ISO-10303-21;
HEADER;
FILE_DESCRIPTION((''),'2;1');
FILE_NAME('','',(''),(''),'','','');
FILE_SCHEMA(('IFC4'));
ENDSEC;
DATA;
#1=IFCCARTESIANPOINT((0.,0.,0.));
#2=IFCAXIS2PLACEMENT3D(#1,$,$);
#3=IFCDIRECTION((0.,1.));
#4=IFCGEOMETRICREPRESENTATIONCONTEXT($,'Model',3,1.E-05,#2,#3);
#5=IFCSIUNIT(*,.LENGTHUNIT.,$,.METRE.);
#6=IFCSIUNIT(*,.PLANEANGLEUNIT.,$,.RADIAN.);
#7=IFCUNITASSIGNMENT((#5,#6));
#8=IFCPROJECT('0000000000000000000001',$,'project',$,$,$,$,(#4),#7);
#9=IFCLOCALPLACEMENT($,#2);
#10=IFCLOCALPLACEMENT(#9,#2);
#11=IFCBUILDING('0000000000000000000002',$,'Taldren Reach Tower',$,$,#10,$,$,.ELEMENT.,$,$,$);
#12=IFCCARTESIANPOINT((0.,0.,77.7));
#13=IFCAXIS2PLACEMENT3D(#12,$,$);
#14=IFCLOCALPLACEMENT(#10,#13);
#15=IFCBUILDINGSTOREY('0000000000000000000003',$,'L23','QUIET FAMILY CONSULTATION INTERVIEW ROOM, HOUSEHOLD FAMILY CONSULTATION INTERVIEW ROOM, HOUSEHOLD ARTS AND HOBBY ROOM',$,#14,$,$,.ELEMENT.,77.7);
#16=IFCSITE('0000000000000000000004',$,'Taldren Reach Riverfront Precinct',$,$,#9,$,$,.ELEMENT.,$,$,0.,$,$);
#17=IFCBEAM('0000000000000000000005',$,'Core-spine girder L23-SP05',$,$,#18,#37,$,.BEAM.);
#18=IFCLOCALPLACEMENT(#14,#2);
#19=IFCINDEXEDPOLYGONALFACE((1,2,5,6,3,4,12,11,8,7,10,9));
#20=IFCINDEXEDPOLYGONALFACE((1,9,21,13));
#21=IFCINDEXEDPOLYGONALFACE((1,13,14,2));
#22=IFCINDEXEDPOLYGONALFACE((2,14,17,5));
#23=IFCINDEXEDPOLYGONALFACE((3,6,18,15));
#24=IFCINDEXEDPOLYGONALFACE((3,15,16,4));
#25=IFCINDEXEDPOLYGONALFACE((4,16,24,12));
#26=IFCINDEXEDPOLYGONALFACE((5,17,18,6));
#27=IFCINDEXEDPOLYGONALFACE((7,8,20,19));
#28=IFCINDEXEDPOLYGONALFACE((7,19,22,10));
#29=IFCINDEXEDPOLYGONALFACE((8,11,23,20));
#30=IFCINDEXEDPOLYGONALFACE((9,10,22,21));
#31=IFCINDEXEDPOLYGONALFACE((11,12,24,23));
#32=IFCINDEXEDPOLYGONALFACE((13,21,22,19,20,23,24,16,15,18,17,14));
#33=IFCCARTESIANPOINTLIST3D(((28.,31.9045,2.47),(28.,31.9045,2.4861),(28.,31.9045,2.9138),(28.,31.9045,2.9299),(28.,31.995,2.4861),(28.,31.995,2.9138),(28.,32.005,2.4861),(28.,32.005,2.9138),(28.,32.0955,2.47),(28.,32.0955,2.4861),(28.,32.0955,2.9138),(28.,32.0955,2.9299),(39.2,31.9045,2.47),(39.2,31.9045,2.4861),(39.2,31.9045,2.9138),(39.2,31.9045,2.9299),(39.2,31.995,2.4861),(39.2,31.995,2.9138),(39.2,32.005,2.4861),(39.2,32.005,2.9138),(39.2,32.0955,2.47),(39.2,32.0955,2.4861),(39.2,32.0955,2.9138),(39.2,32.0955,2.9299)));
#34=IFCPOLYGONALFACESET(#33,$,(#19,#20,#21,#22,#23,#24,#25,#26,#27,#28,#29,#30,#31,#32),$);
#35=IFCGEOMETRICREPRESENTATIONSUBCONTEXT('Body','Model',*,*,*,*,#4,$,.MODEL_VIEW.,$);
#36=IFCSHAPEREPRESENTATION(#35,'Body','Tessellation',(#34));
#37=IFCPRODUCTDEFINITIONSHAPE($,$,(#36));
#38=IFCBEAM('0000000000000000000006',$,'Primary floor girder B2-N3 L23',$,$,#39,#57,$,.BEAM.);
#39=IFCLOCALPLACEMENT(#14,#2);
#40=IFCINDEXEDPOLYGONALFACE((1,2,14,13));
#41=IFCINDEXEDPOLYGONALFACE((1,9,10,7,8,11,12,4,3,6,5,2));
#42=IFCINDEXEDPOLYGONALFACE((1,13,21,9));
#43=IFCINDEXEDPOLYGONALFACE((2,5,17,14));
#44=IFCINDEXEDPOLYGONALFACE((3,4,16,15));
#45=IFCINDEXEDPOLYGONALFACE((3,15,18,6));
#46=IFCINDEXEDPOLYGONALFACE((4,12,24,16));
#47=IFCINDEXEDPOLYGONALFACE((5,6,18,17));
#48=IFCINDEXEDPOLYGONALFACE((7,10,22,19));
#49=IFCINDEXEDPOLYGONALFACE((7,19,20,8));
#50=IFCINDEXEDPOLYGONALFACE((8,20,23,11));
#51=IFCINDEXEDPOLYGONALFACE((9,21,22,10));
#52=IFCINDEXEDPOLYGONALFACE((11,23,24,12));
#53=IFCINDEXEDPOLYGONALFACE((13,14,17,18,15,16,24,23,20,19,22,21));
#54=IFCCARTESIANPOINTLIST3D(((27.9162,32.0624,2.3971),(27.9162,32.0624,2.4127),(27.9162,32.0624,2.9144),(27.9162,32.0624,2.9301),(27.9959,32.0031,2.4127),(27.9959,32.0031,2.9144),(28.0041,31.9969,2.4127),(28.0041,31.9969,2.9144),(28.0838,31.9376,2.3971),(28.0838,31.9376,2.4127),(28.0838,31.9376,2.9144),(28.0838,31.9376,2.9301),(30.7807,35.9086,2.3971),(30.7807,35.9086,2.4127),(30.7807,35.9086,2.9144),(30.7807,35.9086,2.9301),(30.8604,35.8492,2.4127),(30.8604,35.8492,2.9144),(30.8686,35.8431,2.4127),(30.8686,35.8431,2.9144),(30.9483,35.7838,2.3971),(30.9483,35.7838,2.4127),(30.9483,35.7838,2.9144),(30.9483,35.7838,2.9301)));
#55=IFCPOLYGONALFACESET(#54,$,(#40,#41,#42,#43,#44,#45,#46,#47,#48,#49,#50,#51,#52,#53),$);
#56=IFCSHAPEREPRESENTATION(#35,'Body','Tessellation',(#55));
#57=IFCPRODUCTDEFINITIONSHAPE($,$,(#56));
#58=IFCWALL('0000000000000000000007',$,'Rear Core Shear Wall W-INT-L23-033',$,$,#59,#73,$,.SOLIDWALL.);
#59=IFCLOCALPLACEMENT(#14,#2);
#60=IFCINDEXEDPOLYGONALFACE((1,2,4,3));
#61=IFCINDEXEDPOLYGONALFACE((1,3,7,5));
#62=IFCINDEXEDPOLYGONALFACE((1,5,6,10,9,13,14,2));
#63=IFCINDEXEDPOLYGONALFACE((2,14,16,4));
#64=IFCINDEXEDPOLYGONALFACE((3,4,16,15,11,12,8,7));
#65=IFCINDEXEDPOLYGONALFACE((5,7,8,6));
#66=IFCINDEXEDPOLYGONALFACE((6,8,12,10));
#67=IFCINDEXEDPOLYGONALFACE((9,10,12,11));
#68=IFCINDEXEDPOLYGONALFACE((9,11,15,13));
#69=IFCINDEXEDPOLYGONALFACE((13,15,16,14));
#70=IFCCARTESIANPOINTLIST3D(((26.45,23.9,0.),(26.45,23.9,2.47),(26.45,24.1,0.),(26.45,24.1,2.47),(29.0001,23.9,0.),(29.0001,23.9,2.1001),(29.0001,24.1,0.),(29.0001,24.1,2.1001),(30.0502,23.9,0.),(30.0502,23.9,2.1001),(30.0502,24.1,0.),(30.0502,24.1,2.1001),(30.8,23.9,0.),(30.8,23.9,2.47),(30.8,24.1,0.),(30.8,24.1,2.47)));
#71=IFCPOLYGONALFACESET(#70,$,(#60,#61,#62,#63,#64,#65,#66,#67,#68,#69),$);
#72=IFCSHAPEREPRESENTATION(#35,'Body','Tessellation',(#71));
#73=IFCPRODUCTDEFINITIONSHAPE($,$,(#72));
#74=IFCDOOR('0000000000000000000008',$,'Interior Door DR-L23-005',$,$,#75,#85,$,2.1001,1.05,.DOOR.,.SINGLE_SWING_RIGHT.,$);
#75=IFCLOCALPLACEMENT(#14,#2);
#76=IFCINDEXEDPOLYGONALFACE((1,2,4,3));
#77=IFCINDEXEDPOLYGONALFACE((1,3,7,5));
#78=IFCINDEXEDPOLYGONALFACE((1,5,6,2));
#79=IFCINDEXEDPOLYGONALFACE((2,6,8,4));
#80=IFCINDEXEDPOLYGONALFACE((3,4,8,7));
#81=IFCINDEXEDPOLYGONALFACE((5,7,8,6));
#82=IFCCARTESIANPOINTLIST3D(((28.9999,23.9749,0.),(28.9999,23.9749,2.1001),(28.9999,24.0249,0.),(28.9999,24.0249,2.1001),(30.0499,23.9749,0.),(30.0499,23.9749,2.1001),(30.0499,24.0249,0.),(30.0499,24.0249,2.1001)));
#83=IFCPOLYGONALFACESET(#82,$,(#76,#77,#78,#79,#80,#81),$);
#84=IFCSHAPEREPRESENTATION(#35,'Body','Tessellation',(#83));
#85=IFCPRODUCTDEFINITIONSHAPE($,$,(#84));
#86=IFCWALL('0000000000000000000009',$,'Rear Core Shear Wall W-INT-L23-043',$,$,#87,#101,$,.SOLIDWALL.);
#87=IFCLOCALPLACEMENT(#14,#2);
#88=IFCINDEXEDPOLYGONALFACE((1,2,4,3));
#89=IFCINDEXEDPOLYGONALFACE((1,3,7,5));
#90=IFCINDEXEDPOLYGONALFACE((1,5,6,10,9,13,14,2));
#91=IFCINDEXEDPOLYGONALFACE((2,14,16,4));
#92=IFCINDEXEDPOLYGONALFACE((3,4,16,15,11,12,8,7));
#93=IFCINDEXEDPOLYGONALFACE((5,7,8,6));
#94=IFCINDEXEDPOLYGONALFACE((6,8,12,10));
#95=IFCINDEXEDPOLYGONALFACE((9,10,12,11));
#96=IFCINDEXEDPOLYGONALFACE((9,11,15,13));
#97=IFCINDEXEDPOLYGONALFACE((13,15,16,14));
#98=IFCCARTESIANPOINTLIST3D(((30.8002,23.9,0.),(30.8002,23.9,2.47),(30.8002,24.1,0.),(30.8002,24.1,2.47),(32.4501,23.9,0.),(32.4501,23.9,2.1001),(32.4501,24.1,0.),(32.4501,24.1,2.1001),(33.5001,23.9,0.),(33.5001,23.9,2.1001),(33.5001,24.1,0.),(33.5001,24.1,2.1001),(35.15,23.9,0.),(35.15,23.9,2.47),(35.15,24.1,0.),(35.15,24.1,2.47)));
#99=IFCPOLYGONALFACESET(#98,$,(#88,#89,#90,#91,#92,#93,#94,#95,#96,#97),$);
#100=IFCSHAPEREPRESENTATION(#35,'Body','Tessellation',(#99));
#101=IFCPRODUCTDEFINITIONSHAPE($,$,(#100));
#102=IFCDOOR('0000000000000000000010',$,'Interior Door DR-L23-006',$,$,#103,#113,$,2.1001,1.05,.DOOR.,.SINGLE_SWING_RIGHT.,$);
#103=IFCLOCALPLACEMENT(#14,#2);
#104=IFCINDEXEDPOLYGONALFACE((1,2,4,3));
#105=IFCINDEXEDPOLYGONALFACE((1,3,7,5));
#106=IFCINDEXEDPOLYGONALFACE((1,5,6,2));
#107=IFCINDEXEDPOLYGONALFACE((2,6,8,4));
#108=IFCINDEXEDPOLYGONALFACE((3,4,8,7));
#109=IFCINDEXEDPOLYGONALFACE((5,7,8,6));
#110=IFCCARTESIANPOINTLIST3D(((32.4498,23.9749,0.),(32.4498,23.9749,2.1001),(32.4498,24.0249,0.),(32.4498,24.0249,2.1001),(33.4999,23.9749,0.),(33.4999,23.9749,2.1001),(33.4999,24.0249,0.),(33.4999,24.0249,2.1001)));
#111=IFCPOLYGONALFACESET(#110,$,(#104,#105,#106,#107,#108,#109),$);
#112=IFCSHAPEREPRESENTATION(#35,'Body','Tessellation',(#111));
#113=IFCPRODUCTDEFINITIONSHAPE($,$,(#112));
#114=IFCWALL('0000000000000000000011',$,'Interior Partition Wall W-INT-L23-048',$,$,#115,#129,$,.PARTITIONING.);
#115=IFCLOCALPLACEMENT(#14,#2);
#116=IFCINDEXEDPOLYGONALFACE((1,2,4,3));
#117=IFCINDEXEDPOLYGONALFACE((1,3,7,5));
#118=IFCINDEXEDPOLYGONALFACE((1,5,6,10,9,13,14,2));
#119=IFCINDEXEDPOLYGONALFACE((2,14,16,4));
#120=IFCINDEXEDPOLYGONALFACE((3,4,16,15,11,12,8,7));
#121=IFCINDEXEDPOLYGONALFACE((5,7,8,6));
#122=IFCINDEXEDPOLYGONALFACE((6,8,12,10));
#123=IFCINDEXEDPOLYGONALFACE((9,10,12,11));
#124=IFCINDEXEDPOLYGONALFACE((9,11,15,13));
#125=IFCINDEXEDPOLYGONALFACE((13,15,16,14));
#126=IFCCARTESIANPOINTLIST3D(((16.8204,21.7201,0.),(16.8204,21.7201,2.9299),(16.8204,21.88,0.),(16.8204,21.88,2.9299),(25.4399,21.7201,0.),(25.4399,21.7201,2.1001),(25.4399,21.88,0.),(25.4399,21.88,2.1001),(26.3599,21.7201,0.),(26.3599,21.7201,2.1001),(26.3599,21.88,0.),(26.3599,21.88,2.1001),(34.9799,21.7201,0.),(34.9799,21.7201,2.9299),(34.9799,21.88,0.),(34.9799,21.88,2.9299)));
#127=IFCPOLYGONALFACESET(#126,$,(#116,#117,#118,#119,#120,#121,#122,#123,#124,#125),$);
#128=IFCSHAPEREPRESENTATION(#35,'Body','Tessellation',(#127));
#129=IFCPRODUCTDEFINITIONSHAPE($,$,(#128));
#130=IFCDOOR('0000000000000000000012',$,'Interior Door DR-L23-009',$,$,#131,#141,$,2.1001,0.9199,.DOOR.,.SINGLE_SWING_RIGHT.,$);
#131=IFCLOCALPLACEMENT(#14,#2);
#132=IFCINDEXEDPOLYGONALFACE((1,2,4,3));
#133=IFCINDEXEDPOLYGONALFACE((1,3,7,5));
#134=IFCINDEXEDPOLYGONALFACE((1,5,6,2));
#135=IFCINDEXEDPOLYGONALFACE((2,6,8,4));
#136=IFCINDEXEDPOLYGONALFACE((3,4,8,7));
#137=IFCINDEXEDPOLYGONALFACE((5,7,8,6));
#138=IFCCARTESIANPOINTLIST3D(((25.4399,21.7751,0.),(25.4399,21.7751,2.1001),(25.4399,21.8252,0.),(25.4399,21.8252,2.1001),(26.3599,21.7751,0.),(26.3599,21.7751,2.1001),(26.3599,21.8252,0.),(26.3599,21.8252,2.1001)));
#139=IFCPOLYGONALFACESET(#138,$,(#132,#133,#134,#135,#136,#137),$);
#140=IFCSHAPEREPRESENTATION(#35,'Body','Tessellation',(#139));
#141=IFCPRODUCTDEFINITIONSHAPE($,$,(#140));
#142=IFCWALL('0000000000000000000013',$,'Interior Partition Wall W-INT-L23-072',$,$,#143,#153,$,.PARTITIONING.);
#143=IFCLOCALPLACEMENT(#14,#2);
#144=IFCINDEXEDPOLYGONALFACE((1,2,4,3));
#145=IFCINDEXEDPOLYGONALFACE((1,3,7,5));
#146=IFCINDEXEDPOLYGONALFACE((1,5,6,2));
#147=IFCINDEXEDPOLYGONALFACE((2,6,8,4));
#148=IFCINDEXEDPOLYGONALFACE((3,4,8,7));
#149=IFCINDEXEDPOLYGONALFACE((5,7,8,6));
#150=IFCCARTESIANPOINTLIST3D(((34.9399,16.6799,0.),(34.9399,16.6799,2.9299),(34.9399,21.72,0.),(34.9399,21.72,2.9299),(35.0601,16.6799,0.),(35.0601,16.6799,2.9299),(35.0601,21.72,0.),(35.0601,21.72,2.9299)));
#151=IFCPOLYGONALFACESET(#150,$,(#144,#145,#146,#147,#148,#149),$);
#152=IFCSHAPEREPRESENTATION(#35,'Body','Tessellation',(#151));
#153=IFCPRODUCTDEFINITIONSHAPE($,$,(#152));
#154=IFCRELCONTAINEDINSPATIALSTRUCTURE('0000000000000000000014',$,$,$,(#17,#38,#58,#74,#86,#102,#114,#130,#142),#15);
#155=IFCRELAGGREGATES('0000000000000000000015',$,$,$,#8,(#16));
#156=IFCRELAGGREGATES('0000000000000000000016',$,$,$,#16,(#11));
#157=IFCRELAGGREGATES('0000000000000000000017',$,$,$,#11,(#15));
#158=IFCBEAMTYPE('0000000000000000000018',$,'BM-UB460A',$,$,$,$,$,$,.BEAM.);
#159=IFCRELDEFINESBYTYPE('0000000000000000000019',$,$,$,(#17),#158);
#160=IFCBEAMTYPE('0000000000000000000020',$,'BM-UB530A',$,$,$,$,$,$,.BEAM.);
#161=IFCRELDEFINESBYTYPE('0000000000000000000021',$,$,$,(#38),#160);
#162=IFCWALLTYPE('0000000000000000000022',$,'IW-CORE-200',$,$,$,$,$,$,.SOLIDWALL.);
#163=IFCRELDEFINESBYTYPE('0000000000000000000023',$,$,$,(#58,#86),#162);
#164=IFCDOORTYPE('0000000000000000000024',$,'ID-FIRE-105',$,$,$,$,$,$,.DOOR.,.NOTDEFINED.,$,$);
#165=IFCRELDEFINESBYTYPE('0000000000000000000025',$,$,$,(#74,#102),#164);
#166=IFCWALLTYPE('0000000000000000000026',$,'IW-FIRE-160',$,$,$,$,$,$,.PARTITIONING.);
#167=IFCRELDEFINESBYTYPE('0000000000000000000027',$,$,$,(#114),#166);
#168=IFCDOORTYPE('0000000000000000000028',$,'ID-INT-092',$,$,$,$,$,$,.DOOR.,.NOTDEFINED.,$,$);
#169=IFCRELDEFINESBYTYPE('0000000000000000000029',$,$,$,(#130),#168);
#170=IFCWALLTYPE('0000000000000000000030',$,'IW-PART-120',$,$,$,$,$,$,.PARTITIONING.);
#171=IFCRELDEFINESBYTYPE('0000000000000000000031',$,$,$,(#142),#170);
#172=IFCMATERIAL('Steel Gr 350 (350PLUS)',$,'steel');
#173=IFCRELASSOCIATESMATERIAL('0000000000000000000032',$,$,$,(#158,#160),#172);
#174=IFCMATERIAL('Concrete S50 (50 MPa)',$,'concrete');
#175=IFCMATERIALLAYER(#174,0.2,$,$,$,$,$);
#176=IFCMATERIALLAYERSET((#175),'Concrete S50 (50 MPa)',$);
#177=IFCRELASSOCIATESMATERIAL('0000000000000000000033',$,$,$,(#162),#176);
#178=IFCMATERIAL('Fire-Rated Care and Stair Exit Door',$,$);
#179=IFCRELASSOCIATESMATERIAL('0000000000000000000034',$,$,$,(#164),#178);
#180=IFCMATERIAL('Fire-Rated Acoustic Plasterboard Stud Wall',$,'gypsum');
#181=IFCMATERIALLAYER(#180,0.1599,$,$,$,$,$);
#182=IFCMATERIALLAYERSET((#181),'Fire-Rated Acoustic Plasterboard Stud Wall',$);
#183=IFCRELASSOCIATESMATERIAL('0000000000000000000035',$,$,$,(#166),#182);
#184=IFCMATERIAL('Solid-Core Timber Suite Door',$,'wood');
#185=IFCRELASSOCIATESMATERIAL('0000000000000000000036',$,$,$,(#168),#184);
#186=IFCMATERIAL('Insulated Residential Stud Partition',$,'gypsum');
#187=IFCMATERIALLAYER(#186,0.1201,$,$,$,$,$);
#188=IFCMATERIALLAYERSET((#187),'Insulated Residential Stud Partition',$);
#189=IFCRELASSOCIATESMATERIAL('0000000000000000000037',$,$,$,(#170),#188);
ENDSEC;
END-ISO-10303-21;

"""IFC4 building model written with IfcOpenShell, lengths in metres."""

from ifc_helpers import new_model, si_unit, direction, frame, frame_2d, origin, origin_2d, place, context, subcontext, project, spatial, rectangle, i_section, extrude, source, transform, mapped, material, layer, layer_set, material_profile, profile_set, type_object, element, fill, save


model = new_model("IFC4")

# Units and contexts
model_context = context("Model", 3, precision=1e-05, world=origin(), true_north=direction((0.0, 1.0)))
body_context = subcontext(model_context, "Body", "Model", "MODEL_VIEW")
ifc_project = project(units=[si_unit("LENGTHUNIT", "METRE"), si_unit("PLANEANGLEUNIT", "RADIAN")], contexts=[model_context])

# Site, building, storey
site_placement = place(None, origin())
site = spatial("IfcSite", under=ifc_project, at=site_placement, Name="Taldren Reach Riverfront Precinct", CompositionType="ELEMENT", RefElevation=0.0)
building_placement = place(site_placement, origin())
building = spatial("IfcBuilding", under=site, at=building_placement, Name="Taldren Reach Tower", CompositionType="ELEMENT")
storey_placement = place(building_placement, frame((0.0, 0.0, 77.7)))
storey = spatial("IfcBuildingStorey", under=building, at=storey_placement, Name="L23", Description="QUIET FAMILY CONSULTATION INTERVIEW ROOM, HOUSEHOLD FAMILY CONSULTATION INTERVIEW ROOM, HOUSEHOLD ARTS AND HOBBY ROOM", CompositionType="ELEMENT", Elevation=77.7)

# Beams
ifc_material_1 = material(Name="Steel Gr 350 (350PLUS)", Category="steel")
ifc_material_profile_1 = material_profile(ifc_material_1, i_section(OverallWidth=0.1909, OverallDepth=0.46, WebThickness=0.01, FlangeThickness=0.0161, at=origin_2d()), Name="460UB82.1")
ifc_profile_set_1 = profile_set([ifc_material_profile_1], Name="Steel Gr 350 (350PLUS)")
beam_type_1 = type_object("IfcBeamType", Name="BM-UB460A", PredefinedType="BEAM", material=ifc_profile_set_1)
shared_shape_1 = source(origin(), body_context, "Body", "SweptSolid", [
    extrude(i_section(OverallWidth=0.1909, OverallDepth=0.46, WebThickness=0.01, FlangeThickness=0.0161, at=origin_2d()), origin(), (0.0, 0.0, 1.0), 11.2),
])
beam_1_placement = place(storey_placement, frame((28.0, 32.0, 2.7), z_axis=(1.0, 0.0, 0.0), x_axis=(0.0, 1.0, 0.0)))
element("IfcBeam", 1, at=beam_1_placement, inside=storey, type_object=beam_type_1, Name="Core-spine girder L23-SP05", PredefinedType="BEAM", context=body_context, shape_type="MappedRepresentation", body=[
    mapped(shared_shape_1, transform((0.0, 0.0, 0.0), scale=1.0)),
])
ifc_material_profile_2 = material_profile(ifc_material_1, i_section(OverallWidth=0.209, OverallDepth=0.533, WebThickness=0.0103, FlangeThickness=0.0156, at=origin_2d()), Name="530UB92.4")
ifc_profile_set_2 = profile_set([ifc_material_profile_2], Name="Steel Gr 350 (350PLUS)")
beam_type_2 = type_object("IfcBeamType", Name="BM-UB530A", PredefinedType="BEAM", material=ifc_profile_set_2)
shared_shape_2 = source(origin(), body_context, "Body", "SweptSolid", [
    extrude(i_section(OverallWidth=0.209, OverallDepth=0.533, WebThickness=0.0103, FlangeThickness=0.0156, at=origin_2d()), origin(), (0.0, 0.0, 1.0), 4.7957),
])
beam_2_placement = place(storey_placement, frame((28.0, 32.0, 2.6636), z_axis=(0.597309, 0.802011, 0.0), x_axis=(-0.802011, 0.597309, 0.0)))
element("IfcBeam", 2, at=beam_2_placement, inside=storey, type_object=beam_type_2, Name="Primary floor girder B2-N3 L23", PredefinedType="BEAM", context=body_context, shape_type="MappedRepresentation", body=[
    mapped(shared_shape_2, transform((0.0, 0.0, 0.0), scale=1.0)),
])

# Walls, openings, doors
ifc_material_2 = material(Name="Concrete S50 (50 MPa)", Category="concrete")
ifc_layer_1 = layer(ifc_material_2, 0.2)
ifc_layer_set_1 = layer_set([ifc_layer_1], Name="Concrete S50 (50 MPa)")
wall_type_1 = type_object("IfcWallType", Name="IW-CORE-200", PredefinedType="SOLIDWALL", material=ifc_layer_set_1)
shared_shape_3 = source(origin(), body_context, "Body", "SweptSolid", [
    extrude(rectangle(XDim=4.3501, YDim=0.2, at=frame_2d((2.175, 0.0))), origin(), (0.0, 0.0, 1.0), 2.47),
])
wall_1_placement = place(storey_placement, frame((30.8, 24.0, 0.0), z_axis=(0.0, 0.0, 1.0), x_axis=(-1.0, 0.0, 0.0)))
wall_1 = element("IfcWall", 3, at=wall_1_placement, inside=storey, type_object=wall_type_1, Name="Rear Core Shear Wall W-INT-L23-033", PredefinedType="SOLIDWALL", context=body_context, shape_type="MappedRepresentation", body=[
    mapped(shared_shape_3, transform((0.0, 0.0, 0.0), scale=1.0)),
])
shared_shape_4 = source(origin(), body_context, "Body", "SweptSolid", [
    extrude(rectangle(XDim=1.05, YDim=2.1001, at=frame_2d((0.5249, 1.05))), frame((0.0, 0.1099, 0.0), z_axis=(0.0, -1.0, 0.0), x_axis=(1.0, 0.0, 0.0)), (0.0, 0.0, 1.0), 0.22),
])
opening_1_placement = place(wall_1_placement, frame((0.75, 0.0, 0.0)))
opening_1 = element("IfcOpeningElement", 4, at=opening_1_placement, cuts=wall_1, PredefinedType="OPENING", context=body_context, shape_type="MappedRepresentation", body=[
    mapped(shared_shape_4, transform((0.0, 0.0, 0.0), scale=1.0)),
])
ifc_material_3 = material(Name="Fire-Rated Care and Stair Exit Door")
door_type_1 = type_object("IfcDoorType", Name="ID-FIRE-105", OperationType="NOTDEFINED", PredefinedType="DOOR", material=ifc_material_3)
shared_shape_5 = source(origin(), body_context, "Body", "SweptSolid", [
    extrude(rectangle(XDim=1.05, YDim=2.1001, at=frame_2d((0.5249, 1.05))), frame((0.0, 0.0249, 0.0), z_axis=(0.0, -1.0, 0.0), x_axis=(1.0, 0.0, 0.0)), (0.0, 0.0, 1.0), 0.05),
])
door_1_placement = place(opening_1_placement, frame((1.05, 0.0, 0.0), z_axis=(0.0, 0.0, 1.0), x_axis=(-1.0, 0.0, 0.0)))
door_1 = element("IfcDoor", 5, at=door_1_placement, inside=storey, type_object=door_type_1, Name="Interior Door DR-L23-005", OperationType="SINGLE_SWING_RIGHT", OverallHeight=2.1001, OverallWidth=1.05, PredefinedType="DOOR", context=body_context, shape_type="MappedRepresentation", body=[
    mapped(shared_shape_5, transform((0.0, 0.0, 0.0), scale=1.0)),
])
fill(opening_1, door_1)
shared_shape_6 = source(origin(), body_context, "Body", "SweptSolid", [
    extrude(rectangle(XDim=4.3499, YDim=0.2, at=frame_2d((2.1748, 0.0))), origin(), (0.0, 0.0, 1.0), 2.47),
])
wall_2_placement = place(storey_placement, frame((35.1499, 24.0, 0.0), z_axis=(0.0, 0.0, 1.0), x_axis=(-1.0, 0.0, 0.0)))
wall_2 = element("IfcWall", 6, at=wall_2_placement, inside=storey, type_object=wall_type_1, Name="Rear Core Shear Wall W-INT-L23-043", PredefinedType="SOLIDWALL", context=body_context, shape_type="MappedRepresentation", body=[
    mapped(shared_shape_6, transform((0.0, 0.0, 0.0), scale=1.0)),
])
opening_2_placement = place(wall_2_placement, frame((1.6499, 0.0, 0.0)))
opening_2 = element("IfcOpeningElement", 7, at=opening_2_placement, cuts=wall_2, PredefinedType="OPENING", context=body_context, shape_type="MappedRepresentation", body=[
    mapped(shared_shape_4, transform((0.0, 0.0, 0.0), scale=1.0)),
])
door_2_placement = place(opening_2_placement, frame((1.05, 0.0, 0.0), z_axis=(0.0, 0.0, 1.0), x_axis=(-1.0, 0.0, 0.0)))
door_2 = element("IfcDoor", 8, at=door_2_placement, inside=storey, type_object=door_type_1, Name="Interior Door DR-L23-006", OperationType="SINGLE_SWING_RIGHT", OverallHeight=2.1001, OverallWidth=1.05, PredefinedType="DOOR", context=body_context, shape_type="MappedRepresentation", body=[
    mapped(shared_shape_5, transform((0.0, 0.0, 0.0), scale=1.0)),
])
fill(opening_2, door_2)
ifc_material_4 = material(Name="Fire-Rated Acoustic Plasterboard Stud Wall", Category="gypsum")
ifc_layer_2 = layer(ifc_material_4, 0.1599)
ifc_layer_set_2 = layer_set([ifc_layer_2], Name="Fire-Rated Acoustic Plasterboard Stud Wall")
wall_type_2 = type_object("IfcWallType", Name="IW-FIRE-160", PredefinedType="PARTITIONING", material=ifc_layer_set_2)
shared_shape_7 = source(origin(), body_context, "Body", "SweptSolid", [
    extrude(rectangle(XDim=18.1594, YDim=0.1599, at=frame_2d((9.0796, 0.0))), origin(), (0.0, 0.0, 1.0), 2.9299),
])
wall_3_placement = place(storey_placement, frame((34.9797, 21.8, 0.0), z_axis=(0.0, 0.0, 1.0), x_axis=(-1.0, 0.0, 0.0)))
wall_3 = element("IfcWall", 9, at=wall_3_placement, inside=storey, type_object=wall_type_2, Name="Interior Partition Wall W-INT-L23-048", PredefinedType="PARTITIONING", context=body_context, shape_type="MappedRepresentation", body=[
    mapped(shared_shape_7, transform((0.0, 0.0, 0.0), scale=1.0)),
])
shared_shape_8 = source(origin(), body_context, "Body", "SweptSolid", [
    extrude(rectangle(XDim=0.9199, YDim=2.1001, at=frame_2d((0.46, 1.05))), frame((0.0, 0.0898, 0.0), z_axis=(0.0, -1.0, 0.0), x_axis=(1.0, 0.0, 0.0)), (0.0, 0.0, 1.0), 0.1799),
])
opening_3_placement = place(wall_3_placement, frame((8.6199, 0.0, 0.0)))
opening_3 = element("IfcOpeningElement", 10, at=opening_3_placement, cuts=wall_3, PredefinedType="OPENING", context=body_context, shape_type="MappedRepresentation", body=[
    mapped(shared_shape_8, transform((0.0, 0.0, 0.0), scale=1.0)),
])
ifc_material_5 = material(Name="Solid-Core Timber Suite Door", Category="wood")
door_type_2 = type_object("IfcDoorType", Name="ID-INT-092", OperationType="NOTDEFINED", PredefinedType="DOOR", material=ifc_material_5)
shared_shape_9 = source(origin(), body_context, "Body", "SweptSolid", [
    extrude(rectangle(XDim=0.9199, YDim=2.1001, at=frame_2d((0.46, 1.05))), frame((0.0, 0.0249, 0.0), z_axis=(0.0, -1.0, 0.0), x_axis=(1.0, 0.0, 0.0)), (0.0, 0.0, 1.0), 0.05),
])
door_3_placement = place(opening_3_placement, origin())
door_3 = element("IfcDoor", 11, at=door_3_placement, inside=storey, type_object=door_type_2, Name="Interior Door DR-L23-009", OperationType="SINGLE_SWING_RIGHT", OverallHeight=2.1001, OverallWidth=0.9199, PredefinedType="DOOR", context=body_context, shape_type="MappedRepresentation", body=[
    mapped(shared_shape_9, transform((0.0, 0.0, 0.0), scale=1.0)),
])
fill(opening_3, door_3)

# Wall
ifc_material_6 = material(Name="Insulated Residential Stud Partition", Category="gypsum")
ifc_layer_3 = layer(ifc_material_6, 0.1201)
ifc_layer_set_3 = layer_set([ifc_layer_3], Name="Insulated Residential Stud Partition")
wall_type_3 = type_object("IfcWallType", Name="IW-PART-120", PredefinedType="PARTITIONING", material=ifc_layer_set_3)
shared_shape_10 = source(origin(), body_context, "Body", "SweptSolid", [
    extrude(rectangle(XDim=5.04, YDim=0.1201, at=frame_2d((2.52, 0.0))), origin(), (0.0, 0.0, 1.0), 2.9299),
])
wall_4_placement = place(storey_placement, frame((35.0, 21.72, 0.0), z_axis=(0.0, 0.0, 1.0), x_axis=(0.0, -1.0, 0.0)))
element("IfcWall", 12, at=wall_4_placement, inside=storey, type_object=wall_type_3, Name="Interior Partition Wall W-INT-L23-072", PredefinedType="PARTITIONING", context=body_context, shape_type="MappedRepresentation", body=[
    mapped(shared_shape_10, transform((0.0, 0.0, 0.0), scale=1.0)),
])

save(model, "model.ifc")
